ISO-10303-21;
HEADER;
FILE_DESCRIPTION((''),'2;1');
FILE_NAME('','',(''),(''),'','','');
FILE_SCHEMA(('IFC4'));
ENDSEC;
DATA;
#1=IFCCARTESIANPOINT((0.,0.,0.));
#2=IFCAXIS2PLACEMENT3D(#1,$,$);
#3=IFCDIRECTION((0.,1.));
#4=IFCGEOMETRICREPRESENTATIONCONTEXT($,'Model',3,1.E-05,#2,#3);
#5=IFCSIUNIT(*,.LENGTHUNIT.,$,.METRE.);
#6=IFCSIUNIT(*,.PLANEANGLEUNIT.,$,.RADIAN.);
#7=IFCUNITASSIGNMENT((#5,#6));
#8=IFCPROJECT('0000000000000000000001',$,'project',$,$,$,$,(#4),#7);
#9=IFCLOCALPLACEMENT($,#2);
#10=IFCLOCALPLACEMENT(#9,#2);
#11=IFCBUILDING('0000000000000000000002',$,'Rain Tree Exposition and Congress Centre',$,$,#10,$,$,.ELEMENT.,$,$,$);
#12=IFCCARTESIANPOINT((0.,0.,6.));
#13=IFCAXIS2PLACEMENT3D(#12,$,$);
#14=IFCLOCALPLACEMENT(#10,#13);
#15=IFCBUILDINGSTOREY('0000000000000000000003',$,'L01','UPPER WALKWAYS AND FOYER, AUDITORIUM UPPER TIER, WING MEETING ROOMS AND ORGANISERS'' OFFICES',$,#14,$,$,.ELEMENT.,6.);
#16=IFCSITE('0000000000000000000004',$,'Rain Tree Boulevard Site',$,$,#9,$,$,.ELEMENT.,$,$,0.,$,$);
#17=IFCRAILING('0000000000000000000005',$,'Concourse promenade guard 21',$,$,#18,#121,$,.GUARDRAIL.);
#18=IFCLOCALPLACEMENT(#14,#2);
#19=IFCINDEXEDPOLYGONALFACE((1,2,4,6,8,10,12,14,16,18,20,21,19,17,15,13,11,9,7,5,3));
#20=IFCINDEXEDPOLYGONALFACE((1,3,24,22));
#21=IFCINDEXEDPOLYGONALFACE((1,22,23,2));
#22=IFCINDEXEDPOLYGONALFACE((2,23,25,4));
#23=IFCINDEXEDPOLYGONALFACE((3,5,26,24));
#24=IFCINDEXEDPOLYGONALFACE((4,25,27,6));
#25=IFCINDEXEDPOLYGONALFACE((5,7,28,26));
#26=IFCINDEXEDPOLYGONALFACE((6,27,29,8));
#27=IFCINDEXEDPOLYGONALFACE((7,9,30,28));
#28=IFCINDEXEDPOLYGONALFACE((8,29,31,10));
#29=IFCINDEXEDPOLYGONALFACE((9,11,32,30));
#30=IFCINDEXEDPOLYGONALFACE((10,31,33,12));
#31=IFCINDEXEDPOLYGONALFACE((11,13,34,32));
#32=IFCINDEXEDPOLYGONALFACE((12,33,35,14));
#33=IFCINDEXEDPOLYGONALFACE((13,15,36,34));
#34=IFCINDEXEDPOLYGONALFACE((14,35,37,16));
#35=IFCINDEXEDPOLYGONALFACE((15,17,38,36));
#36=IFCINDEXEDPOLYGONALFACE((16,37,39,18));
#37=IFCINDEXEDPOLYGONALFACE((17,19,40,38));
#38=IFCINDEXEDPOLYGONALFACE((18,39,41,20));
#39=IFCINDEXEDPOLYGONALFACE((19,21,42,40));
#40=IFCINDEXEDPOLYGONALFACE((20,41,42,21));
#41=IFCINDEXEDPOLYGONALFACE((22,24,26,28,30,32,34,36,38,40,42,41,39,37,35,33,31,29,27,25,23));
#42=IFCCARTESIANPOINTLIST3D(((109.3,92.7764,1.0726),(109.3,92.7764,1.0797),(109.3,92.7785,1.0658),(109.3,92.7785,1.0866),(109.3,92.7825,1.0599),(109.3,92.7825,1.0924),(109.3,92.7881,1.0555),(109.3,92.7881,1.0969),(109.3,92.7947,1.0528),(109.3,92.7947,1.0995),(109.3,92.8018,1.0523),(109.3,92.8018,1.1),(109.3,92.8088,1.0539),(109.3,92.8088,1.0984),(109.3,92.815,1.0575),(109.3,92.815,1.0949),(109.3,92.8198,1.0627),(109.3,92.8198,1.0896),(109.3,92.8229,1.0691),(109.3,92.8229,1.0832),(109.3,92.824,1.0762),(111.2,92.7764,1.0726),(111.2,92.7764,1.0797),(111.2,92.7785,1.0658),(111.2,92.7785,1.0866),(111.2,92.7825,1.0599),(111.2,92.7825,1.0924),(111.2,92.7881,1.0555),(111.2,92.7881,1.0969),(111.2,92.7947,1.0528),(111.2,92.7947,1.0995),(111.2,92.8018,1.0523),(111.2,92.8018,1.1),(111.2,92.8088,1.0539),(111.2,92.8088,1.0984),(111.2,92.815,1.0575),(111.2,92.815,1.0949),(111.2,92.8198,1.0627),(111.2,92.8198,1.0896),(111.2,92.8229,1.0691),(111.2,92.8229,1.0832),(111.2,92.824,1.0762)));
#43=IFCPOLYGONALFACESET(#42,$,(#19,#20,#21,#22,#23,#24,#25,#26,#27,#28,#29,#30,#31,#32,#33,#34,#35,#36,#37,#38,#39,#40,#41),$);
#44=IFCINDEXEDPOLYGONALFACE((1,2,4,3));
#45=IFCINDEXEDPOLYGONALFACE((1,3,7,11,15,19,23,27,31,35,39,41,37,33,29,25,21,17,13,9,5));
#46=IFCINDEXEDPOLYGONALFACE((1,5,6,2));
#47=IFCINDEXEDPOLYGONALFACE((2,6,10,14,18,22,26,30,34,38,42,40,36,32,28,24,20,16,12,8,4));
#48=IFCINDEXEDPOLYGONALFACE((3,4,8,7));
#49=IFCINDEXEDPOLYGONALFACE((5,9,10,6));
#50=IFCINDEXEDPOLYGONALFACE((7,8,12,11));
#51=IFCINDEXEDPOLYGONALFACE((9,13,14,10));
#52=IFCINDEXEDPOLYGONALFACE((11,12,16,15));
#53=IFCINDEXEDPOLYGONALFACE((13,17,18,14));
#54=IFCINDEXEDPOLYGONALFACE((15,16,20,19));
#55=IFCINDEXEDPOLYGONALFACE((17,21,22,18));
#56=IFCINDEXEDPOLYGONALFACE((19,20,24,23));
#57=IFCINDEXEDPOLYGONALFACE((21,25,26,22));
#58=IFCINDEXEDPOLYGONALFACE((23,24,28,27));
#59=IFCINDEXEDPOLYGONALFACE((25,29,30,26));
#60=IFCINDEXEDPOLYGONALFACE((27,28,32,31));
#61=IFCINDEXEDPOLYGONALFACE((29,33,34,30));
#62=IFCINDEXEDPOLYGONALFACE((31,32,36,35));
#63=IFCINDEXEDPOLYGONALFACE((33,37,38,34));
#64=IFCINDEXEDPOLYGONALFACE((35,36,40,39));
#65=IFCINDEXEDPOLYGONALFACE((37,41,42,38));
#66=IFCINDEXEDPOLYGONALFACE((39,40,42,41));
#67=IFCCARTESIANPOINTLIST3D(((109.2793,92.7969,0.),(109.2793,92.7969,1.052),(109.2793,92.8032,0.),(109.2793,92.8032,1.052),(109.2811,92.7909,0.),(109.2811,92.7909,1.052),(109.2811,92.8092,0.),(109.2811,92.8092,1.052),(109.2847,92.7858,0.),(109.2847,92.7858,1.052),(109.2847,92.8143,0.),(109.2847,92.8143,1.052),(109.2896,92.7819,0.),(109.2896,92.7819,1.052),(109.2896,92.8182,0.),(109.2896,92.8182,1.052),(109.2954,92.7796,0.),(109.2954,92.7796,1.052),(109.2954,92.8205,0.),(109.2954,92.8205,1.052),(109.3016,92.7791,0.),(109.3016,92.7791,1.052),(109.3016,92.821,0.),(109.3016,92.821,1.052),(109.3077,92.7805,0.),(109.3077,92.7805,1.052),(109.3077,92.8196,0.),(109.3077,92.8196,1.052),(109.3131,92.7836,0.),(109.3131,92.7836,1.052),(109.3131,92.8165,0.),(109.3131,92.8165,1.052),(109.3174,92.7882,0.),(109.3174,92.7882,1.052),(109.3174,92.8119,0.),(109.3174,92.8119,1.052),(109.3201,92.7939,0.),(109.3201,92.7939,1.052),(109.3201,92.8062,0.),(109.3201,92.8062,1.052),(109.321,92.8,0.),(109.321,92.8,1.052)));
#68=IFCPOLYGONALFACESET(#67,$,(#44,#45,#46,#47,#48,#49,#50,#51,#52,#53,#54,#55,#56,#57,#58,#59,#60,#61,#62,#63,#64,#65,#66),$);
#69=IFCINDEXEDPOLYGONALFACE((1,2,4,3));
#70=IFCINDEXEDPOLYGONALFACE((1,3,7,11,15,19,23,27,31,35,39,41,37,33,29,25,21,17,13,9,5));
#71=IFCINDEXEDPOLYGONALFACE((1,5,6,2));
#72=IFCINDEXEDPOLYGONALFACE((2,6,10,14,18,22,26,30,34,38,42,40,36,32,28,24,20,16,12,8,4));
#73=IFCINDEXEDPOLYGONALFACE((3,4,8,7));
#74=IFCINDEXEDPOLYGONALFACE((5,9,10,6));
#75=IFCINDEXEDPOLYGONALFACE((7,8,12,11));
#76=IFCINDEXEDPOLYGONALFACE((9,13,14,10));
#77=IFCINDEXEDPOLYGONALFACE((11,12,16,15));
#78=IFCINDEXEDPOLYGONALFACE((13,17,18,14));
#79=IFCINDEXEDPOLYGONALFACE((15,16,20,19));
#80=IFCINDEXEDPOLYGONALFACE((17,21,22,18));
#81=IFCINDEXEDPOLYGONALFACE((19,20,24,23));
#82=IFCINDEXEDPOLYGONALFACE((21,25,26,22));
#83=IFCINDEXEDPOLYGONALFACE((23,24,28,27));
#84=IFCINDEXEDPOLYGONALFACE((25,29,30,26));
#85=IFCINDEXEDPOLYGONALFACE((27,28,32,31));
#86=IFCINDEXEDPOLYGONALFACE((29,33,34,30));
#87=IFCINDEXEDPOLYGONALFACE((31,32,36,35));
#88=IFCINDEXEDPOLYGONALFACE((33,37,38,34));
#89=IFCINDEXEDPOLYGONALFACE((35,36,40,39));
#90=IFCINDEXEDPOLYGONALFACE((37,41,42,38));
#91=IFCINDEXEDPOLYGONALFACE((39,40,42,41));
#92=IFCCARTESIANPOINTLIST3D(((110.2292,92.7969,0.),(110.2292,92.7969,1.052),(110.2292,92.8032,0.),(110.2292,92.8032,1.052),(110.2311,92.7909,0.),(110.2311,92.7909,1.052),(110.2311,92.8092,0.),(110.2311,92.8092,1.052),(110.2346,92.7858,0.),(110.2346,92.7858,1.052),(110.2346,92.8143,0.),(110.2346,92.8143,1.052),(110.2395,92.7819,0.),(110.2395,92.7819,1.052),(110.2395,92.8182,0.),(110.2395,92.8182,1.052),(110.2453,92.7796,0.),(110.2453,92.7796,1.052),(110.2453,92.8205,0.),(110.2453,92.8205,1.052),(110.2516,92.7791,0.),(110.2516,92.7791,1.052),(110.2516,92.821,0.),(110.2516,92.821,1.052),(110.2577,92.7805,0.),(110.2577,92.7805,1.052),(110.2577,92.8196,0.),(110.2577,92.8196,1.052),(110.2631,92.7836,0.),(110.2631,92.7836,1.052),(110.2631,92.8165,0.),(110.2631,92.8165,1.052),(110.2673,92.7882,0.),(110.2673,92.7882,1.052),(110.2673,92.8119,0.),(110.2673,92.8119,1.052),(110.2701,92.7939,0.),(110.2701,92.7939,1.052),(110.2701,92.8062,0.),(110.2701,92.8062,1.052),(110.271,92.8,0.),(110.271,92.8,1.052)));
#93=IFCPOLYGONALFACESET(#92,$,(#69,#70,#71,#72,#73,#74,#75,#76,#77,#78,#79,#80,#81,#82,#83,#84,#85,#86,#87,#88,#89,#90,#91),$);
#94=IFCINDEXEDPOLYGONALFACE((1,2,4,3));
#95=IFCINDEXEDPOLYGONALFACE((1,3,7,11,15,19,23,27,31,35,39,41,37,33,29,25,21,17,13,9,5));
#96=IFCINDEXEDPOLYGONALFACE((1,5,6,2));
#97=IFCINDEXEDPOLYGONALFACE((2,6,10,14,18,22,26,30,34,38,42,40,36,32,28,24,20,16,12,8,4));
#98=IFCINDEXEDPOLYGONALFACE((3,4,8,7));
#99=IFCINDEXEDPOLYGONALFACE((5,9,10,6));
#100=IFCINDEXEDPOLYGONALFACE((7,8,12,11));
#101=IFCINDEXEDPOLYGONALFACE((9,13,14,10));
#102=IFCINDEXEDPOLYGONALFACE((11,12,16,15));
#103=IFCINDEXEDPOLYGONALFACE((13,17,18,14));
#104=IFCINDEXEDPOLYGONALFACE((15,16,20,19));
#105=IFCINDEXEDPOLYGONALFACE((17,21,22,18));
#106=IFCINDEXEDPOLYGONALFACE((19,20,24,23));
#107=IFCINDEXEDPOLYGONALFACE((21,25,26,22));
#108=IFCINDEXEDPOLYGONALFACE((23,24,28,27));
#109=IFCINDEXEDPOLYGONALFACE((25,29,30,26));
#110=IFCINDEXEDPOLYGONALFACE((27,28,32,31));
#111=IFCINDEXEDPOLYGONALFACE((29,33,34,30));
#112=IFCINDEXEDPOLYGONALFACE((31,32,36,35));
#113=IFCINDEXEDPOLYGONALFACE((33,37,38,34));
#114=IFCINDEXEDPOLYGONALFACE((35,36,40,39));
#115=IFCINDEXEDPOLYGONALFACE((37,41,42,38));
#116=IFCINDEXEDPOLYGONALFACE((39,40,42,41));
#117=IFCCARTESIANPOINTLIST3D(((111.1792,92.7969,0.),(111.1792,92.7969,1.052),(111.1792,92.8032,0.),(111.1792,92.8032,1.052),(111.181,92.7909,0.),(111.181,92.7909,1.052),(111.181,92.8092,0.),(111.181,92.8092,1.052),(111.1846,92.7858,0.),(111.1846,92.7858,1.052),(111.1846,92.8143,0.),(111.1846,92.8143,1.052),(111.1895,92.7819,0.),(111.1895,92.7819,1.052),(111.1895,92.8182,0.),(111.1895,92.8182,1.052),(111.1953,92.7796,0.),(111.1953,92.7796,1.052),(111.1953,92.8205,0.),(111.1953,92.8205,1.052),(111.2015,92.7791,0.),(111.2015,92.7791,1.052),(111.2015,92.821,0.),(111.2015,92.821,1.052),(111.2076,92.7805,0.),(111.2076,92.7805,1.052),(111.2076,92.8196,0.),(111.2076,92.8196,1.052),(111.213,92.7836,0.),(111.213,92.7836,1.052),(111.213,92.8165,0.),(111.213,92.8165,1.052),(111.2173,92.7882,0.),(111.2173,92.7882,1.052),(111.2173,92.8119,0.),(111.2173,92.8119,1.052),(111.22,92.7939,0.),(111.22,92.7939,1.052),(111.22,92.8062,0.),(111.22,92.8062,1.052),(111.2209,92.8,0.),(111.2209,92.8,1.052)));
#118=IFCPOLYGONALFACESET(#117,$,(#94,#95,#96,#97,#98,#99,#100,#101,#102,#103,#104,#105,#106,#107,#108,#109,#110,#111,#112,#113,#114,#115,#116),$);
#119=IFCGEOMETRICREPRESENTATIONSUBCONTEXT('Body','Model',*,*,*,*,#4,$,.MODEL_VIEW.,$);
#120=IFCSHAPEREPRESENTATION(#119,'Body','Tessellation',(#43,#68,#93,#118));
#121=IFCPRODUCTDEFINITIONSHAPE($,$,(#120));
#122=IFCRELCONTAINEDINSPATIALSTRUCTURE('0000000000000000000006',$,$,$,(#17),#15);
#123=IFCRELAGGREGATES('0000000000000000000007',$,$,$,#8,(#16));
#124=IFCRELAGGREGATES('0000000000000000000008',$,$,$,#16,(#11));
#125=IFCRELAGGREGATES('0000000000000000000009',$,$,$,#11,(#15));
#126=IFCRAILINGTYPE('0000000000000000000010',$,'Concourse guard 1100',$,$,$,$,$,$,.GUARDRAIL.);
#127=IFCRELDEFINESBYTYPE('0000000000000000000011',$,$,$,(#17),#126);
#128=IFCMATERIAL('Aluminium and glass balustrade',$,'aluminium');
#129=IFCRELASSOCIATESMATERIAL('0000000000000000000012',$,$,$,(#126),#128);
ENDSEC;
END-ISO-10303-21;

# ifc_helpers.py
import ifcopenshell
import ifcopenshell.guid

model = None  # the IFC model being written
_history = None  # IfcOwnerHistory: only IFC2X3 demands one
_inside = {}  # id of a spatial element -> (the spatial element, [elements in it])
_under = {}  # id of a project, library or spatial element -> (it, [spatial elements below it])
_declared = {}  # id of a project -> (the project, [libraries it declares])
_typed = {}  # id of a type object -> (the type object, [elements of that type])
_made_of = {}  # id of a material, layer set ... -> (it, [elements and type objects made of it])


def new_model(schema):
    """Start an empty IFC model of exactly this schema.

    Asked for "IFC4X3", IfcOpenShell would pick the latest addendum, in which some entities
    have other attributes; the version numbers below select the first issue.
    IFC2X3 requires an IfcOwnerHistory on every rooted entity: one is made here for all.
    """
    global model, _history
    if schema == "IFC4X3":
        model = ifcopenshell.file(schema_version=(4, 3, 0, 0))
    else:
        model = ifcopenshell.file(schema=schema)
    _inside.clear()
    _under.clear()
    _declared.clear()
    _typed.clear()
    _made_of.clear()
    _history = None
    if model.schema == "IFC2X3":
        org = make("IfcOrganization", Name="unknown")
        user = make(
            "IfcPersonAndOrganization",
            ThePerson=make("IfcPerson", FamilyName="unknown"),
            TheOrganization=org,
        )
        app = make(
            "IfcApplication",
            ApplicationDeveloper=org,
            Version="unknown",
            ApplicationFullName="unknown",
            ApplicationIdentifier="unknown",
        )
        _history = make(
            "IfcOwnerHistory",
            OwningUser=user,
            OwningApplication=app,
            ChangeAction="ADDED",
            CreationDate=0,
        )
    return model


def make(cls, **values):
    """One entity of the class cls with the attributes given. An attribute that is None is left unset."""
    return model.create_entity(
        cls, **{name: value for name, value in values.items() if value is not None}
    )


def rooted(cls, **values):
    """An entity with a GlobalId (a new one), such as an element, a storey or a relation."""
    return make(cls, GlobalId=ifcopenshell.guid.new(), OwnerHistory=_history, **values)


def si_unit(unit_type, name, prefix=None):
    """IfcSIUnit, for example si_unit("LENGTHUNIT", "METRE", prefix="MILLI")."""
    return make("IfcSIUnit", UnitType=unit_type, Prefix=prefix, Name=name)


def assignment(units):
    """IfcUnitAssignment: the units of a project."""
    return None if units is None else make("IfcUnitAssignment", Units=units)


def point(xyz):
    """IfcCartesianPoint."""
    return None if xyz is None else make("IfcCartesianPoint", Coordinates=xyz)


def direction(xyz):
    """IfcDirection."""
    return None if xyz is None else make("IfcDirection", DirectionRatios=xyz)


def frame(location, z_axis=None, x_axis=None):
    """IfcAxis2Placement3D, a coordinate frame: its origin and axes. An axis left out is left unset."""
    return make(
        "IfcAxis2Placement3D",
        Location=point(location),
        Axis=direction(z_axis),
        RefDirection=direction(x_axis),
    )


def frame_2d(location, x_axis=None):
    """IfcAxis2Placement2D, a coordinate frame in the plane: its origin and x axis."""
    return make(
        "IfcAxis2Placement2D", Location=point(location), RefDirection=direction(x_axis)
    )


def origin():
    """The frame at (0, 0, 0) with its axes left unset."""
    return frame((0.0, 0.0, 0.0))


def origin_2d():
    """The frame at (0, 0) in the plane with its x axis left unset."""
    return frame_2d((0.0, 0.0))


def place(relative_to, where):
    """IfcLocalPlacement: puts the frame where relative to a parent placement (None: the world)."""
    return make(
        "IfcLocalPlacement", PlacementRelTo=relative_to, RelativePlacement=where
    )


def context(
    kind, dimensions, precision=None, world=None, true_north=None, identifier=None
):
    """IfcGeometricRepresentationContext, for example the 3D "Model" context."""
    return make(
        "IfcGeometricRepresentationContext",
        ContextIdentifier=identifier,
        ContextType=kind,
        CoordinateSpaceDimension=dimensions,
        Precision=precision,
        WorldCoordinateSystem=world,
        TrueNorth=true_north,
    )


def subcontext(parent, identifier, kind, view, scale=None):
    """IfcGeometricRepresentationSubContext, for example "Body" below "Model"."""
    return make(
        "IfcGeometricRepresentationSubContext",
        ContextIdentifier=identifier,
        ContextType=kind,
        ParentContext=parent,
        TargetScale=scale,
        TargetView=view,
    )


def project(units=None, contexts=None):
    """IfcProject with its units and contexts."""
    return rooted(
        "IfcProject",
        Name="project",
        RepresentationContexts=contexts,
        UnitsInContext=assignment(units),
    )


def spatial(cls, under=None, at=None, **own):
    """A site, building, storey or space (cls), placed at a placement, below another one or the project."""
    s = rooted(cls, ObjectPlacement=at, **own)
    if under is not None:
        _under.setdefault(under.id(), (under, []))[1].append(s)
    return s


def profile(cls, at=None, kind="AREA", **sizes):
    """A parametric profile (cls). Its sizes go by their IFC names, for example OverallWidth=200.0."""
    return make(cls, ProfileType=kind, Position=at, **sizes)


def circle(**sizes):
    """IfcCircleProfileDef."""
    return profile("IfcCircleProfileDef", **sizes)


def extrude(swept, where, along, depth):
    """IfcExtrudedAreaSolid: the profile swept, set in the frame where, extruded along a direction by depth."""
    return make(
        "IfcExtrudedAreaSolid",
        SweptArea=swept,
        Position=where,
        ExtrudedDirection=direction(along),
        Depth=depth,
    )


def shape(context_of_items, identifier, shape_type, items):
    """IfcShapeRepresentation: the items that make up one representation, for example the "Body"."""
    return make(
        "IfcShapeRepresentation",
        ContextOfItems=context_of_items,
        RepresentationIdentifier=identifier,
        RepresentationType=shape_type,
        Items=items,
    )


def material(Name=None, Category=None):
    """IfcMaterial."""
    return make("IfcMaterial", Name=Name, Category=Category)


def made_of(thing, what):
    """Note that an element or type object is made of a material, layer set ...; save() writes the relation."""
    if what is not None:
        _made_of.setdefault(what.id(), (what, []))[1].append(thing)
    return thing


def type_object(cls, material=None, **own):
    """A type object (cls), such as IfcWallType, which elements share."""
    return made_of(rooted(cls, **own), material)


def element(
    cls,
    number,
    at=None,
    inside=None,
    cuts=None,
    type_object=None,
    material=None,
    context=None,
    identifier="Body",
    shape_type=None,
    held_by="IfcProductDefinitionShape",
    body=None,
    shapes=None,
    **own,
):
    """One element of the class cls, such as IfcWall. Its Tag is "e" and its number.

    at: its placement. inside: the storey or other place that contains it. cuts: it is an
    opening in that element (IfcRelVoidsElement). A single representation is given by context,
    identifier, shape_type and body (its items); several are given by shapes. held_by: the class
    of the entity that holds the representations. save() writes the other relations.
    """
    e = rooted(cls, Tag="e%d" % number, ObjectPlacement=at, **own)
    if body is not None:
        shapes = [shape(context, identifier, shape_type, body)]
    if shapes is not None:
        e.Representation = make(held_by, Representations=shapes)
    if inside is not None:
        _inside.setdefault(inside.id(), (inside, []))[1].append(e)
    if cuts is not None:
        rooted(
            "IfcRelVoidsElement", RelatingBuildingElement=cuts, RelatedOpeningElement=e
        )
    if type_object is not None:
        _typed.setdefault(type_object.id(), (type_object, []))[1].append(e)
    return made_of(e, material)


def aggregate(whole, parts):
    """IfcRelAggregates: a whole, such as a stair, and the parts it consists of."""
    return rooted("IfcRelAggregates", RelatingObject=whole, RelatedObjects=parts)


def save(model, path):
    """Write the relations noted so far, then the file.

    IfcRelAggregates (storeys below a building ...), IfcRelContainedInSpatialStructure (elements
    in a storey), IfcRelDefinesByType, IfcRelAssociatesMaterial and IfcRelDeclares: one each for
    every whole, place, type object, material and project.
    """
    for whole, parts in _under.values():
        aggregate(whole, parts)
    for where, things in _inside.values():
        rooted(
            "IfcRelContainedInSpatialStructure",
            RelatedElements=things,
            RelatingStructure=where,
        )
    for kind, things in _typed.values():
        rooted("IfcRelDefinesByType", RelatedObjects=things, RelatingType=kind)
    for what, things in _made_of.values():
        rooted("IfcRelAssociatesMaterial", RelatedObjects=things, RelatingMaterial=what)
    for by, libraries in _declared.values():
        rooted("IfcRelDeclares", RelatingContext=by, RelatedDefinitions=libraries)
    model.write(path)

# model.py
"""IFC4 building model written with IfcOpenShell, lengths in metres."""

from ifc_helpers import new_model, si_unit, direction, frame, origin, origin_2d, place, context, subcontext, project, spatial, circle, extrude, material, type_object, element, save


model = new_model("IFC4")

# Units and contexts
model_context = context("Model", 3, precision=1e-05, world=origin(), true_north=direction((0.0, 1.0)))
body_context = subcontext(model_context, "Body", "Model", "MODEL_VIEW")
ifc_project = project(units=[si_unit("LENGTHUNIT", "METRE"), si_unit("PLANEANGLEUNIT", "RADIAN")], contexts=[model_context])

# Site, building, storey
site_placement = place(None, origin())
site = spatial("IfcSite", under=ifc_project, at=site_placement, Name="Rain Tree Boulevard Site", CompositionType="ELEMENT", RefElevation=0.0)
building_placement = place(site_placement, origin())
building = spatial("IfcBuilding", under=site, at=building_placement, Name="Rain Tree Exposition and Congress Centre", CompositionType="ELEMENT")
storey_placement = place(building_placement, frame((0.0, 0.0, 6.0)))
storey = spatial("IfcBuildingStorey", under=building, at=storey_placement, Name="L01", Description="UPPER WALKWAYS AND FOYER, AUDITORIUM UPPER TIER, WING MEETING ROOMS AND ORGANISERS' OFFICES", CompositionType="ELEMENT", Elevation=6.0)

# Railing
ifc_material_1 = material(Name="Aluminium and glass balustrade", Category="aluminium")
railing_type = type_object("IfcRailingType", Name="Concourse guard 1100", PredefinedType="GUARDRAIL", material=ifc_material_1)
railing_1_placement = place(storey_placement, frame((109.3, 92.8, 0.0)))
element("IfcRailing", 1, at=railing_1_placement, inside=storey, type_object=railing_type, Name="Concourse promenade guard 21", PredefinedType="GUARDRAIL", context=body_context, shape_type="SweptSolid", body=[
    extrude(circle(Radius=0.0239, at=origin_2d()), frame((0.0, 0.0, 1.0762), z_axis=(1.0, 0.0, 0.0), x_axis=(0.0, 1.0, 0.0)), (0.0, 0.0, 1.0), 1.8999),
    extrude(circle(Radius=0.021, at=origin_2d()), origin(), (0.0, 0.0, 1.0), 1.052),
    extrude(circle(Radius=0.021, at=origin_2d()), frame((0.95, 0.0, 0.0)), (0.0, 0.0, 1.0), 1.052),
    extrude(circle(Radius=0.021, at=origin_2d()), frame((1.8999, 0.0, 0.0)), (0.0, 0.0, 1.0), 1.052),
])

save(model, "model.ifc")
